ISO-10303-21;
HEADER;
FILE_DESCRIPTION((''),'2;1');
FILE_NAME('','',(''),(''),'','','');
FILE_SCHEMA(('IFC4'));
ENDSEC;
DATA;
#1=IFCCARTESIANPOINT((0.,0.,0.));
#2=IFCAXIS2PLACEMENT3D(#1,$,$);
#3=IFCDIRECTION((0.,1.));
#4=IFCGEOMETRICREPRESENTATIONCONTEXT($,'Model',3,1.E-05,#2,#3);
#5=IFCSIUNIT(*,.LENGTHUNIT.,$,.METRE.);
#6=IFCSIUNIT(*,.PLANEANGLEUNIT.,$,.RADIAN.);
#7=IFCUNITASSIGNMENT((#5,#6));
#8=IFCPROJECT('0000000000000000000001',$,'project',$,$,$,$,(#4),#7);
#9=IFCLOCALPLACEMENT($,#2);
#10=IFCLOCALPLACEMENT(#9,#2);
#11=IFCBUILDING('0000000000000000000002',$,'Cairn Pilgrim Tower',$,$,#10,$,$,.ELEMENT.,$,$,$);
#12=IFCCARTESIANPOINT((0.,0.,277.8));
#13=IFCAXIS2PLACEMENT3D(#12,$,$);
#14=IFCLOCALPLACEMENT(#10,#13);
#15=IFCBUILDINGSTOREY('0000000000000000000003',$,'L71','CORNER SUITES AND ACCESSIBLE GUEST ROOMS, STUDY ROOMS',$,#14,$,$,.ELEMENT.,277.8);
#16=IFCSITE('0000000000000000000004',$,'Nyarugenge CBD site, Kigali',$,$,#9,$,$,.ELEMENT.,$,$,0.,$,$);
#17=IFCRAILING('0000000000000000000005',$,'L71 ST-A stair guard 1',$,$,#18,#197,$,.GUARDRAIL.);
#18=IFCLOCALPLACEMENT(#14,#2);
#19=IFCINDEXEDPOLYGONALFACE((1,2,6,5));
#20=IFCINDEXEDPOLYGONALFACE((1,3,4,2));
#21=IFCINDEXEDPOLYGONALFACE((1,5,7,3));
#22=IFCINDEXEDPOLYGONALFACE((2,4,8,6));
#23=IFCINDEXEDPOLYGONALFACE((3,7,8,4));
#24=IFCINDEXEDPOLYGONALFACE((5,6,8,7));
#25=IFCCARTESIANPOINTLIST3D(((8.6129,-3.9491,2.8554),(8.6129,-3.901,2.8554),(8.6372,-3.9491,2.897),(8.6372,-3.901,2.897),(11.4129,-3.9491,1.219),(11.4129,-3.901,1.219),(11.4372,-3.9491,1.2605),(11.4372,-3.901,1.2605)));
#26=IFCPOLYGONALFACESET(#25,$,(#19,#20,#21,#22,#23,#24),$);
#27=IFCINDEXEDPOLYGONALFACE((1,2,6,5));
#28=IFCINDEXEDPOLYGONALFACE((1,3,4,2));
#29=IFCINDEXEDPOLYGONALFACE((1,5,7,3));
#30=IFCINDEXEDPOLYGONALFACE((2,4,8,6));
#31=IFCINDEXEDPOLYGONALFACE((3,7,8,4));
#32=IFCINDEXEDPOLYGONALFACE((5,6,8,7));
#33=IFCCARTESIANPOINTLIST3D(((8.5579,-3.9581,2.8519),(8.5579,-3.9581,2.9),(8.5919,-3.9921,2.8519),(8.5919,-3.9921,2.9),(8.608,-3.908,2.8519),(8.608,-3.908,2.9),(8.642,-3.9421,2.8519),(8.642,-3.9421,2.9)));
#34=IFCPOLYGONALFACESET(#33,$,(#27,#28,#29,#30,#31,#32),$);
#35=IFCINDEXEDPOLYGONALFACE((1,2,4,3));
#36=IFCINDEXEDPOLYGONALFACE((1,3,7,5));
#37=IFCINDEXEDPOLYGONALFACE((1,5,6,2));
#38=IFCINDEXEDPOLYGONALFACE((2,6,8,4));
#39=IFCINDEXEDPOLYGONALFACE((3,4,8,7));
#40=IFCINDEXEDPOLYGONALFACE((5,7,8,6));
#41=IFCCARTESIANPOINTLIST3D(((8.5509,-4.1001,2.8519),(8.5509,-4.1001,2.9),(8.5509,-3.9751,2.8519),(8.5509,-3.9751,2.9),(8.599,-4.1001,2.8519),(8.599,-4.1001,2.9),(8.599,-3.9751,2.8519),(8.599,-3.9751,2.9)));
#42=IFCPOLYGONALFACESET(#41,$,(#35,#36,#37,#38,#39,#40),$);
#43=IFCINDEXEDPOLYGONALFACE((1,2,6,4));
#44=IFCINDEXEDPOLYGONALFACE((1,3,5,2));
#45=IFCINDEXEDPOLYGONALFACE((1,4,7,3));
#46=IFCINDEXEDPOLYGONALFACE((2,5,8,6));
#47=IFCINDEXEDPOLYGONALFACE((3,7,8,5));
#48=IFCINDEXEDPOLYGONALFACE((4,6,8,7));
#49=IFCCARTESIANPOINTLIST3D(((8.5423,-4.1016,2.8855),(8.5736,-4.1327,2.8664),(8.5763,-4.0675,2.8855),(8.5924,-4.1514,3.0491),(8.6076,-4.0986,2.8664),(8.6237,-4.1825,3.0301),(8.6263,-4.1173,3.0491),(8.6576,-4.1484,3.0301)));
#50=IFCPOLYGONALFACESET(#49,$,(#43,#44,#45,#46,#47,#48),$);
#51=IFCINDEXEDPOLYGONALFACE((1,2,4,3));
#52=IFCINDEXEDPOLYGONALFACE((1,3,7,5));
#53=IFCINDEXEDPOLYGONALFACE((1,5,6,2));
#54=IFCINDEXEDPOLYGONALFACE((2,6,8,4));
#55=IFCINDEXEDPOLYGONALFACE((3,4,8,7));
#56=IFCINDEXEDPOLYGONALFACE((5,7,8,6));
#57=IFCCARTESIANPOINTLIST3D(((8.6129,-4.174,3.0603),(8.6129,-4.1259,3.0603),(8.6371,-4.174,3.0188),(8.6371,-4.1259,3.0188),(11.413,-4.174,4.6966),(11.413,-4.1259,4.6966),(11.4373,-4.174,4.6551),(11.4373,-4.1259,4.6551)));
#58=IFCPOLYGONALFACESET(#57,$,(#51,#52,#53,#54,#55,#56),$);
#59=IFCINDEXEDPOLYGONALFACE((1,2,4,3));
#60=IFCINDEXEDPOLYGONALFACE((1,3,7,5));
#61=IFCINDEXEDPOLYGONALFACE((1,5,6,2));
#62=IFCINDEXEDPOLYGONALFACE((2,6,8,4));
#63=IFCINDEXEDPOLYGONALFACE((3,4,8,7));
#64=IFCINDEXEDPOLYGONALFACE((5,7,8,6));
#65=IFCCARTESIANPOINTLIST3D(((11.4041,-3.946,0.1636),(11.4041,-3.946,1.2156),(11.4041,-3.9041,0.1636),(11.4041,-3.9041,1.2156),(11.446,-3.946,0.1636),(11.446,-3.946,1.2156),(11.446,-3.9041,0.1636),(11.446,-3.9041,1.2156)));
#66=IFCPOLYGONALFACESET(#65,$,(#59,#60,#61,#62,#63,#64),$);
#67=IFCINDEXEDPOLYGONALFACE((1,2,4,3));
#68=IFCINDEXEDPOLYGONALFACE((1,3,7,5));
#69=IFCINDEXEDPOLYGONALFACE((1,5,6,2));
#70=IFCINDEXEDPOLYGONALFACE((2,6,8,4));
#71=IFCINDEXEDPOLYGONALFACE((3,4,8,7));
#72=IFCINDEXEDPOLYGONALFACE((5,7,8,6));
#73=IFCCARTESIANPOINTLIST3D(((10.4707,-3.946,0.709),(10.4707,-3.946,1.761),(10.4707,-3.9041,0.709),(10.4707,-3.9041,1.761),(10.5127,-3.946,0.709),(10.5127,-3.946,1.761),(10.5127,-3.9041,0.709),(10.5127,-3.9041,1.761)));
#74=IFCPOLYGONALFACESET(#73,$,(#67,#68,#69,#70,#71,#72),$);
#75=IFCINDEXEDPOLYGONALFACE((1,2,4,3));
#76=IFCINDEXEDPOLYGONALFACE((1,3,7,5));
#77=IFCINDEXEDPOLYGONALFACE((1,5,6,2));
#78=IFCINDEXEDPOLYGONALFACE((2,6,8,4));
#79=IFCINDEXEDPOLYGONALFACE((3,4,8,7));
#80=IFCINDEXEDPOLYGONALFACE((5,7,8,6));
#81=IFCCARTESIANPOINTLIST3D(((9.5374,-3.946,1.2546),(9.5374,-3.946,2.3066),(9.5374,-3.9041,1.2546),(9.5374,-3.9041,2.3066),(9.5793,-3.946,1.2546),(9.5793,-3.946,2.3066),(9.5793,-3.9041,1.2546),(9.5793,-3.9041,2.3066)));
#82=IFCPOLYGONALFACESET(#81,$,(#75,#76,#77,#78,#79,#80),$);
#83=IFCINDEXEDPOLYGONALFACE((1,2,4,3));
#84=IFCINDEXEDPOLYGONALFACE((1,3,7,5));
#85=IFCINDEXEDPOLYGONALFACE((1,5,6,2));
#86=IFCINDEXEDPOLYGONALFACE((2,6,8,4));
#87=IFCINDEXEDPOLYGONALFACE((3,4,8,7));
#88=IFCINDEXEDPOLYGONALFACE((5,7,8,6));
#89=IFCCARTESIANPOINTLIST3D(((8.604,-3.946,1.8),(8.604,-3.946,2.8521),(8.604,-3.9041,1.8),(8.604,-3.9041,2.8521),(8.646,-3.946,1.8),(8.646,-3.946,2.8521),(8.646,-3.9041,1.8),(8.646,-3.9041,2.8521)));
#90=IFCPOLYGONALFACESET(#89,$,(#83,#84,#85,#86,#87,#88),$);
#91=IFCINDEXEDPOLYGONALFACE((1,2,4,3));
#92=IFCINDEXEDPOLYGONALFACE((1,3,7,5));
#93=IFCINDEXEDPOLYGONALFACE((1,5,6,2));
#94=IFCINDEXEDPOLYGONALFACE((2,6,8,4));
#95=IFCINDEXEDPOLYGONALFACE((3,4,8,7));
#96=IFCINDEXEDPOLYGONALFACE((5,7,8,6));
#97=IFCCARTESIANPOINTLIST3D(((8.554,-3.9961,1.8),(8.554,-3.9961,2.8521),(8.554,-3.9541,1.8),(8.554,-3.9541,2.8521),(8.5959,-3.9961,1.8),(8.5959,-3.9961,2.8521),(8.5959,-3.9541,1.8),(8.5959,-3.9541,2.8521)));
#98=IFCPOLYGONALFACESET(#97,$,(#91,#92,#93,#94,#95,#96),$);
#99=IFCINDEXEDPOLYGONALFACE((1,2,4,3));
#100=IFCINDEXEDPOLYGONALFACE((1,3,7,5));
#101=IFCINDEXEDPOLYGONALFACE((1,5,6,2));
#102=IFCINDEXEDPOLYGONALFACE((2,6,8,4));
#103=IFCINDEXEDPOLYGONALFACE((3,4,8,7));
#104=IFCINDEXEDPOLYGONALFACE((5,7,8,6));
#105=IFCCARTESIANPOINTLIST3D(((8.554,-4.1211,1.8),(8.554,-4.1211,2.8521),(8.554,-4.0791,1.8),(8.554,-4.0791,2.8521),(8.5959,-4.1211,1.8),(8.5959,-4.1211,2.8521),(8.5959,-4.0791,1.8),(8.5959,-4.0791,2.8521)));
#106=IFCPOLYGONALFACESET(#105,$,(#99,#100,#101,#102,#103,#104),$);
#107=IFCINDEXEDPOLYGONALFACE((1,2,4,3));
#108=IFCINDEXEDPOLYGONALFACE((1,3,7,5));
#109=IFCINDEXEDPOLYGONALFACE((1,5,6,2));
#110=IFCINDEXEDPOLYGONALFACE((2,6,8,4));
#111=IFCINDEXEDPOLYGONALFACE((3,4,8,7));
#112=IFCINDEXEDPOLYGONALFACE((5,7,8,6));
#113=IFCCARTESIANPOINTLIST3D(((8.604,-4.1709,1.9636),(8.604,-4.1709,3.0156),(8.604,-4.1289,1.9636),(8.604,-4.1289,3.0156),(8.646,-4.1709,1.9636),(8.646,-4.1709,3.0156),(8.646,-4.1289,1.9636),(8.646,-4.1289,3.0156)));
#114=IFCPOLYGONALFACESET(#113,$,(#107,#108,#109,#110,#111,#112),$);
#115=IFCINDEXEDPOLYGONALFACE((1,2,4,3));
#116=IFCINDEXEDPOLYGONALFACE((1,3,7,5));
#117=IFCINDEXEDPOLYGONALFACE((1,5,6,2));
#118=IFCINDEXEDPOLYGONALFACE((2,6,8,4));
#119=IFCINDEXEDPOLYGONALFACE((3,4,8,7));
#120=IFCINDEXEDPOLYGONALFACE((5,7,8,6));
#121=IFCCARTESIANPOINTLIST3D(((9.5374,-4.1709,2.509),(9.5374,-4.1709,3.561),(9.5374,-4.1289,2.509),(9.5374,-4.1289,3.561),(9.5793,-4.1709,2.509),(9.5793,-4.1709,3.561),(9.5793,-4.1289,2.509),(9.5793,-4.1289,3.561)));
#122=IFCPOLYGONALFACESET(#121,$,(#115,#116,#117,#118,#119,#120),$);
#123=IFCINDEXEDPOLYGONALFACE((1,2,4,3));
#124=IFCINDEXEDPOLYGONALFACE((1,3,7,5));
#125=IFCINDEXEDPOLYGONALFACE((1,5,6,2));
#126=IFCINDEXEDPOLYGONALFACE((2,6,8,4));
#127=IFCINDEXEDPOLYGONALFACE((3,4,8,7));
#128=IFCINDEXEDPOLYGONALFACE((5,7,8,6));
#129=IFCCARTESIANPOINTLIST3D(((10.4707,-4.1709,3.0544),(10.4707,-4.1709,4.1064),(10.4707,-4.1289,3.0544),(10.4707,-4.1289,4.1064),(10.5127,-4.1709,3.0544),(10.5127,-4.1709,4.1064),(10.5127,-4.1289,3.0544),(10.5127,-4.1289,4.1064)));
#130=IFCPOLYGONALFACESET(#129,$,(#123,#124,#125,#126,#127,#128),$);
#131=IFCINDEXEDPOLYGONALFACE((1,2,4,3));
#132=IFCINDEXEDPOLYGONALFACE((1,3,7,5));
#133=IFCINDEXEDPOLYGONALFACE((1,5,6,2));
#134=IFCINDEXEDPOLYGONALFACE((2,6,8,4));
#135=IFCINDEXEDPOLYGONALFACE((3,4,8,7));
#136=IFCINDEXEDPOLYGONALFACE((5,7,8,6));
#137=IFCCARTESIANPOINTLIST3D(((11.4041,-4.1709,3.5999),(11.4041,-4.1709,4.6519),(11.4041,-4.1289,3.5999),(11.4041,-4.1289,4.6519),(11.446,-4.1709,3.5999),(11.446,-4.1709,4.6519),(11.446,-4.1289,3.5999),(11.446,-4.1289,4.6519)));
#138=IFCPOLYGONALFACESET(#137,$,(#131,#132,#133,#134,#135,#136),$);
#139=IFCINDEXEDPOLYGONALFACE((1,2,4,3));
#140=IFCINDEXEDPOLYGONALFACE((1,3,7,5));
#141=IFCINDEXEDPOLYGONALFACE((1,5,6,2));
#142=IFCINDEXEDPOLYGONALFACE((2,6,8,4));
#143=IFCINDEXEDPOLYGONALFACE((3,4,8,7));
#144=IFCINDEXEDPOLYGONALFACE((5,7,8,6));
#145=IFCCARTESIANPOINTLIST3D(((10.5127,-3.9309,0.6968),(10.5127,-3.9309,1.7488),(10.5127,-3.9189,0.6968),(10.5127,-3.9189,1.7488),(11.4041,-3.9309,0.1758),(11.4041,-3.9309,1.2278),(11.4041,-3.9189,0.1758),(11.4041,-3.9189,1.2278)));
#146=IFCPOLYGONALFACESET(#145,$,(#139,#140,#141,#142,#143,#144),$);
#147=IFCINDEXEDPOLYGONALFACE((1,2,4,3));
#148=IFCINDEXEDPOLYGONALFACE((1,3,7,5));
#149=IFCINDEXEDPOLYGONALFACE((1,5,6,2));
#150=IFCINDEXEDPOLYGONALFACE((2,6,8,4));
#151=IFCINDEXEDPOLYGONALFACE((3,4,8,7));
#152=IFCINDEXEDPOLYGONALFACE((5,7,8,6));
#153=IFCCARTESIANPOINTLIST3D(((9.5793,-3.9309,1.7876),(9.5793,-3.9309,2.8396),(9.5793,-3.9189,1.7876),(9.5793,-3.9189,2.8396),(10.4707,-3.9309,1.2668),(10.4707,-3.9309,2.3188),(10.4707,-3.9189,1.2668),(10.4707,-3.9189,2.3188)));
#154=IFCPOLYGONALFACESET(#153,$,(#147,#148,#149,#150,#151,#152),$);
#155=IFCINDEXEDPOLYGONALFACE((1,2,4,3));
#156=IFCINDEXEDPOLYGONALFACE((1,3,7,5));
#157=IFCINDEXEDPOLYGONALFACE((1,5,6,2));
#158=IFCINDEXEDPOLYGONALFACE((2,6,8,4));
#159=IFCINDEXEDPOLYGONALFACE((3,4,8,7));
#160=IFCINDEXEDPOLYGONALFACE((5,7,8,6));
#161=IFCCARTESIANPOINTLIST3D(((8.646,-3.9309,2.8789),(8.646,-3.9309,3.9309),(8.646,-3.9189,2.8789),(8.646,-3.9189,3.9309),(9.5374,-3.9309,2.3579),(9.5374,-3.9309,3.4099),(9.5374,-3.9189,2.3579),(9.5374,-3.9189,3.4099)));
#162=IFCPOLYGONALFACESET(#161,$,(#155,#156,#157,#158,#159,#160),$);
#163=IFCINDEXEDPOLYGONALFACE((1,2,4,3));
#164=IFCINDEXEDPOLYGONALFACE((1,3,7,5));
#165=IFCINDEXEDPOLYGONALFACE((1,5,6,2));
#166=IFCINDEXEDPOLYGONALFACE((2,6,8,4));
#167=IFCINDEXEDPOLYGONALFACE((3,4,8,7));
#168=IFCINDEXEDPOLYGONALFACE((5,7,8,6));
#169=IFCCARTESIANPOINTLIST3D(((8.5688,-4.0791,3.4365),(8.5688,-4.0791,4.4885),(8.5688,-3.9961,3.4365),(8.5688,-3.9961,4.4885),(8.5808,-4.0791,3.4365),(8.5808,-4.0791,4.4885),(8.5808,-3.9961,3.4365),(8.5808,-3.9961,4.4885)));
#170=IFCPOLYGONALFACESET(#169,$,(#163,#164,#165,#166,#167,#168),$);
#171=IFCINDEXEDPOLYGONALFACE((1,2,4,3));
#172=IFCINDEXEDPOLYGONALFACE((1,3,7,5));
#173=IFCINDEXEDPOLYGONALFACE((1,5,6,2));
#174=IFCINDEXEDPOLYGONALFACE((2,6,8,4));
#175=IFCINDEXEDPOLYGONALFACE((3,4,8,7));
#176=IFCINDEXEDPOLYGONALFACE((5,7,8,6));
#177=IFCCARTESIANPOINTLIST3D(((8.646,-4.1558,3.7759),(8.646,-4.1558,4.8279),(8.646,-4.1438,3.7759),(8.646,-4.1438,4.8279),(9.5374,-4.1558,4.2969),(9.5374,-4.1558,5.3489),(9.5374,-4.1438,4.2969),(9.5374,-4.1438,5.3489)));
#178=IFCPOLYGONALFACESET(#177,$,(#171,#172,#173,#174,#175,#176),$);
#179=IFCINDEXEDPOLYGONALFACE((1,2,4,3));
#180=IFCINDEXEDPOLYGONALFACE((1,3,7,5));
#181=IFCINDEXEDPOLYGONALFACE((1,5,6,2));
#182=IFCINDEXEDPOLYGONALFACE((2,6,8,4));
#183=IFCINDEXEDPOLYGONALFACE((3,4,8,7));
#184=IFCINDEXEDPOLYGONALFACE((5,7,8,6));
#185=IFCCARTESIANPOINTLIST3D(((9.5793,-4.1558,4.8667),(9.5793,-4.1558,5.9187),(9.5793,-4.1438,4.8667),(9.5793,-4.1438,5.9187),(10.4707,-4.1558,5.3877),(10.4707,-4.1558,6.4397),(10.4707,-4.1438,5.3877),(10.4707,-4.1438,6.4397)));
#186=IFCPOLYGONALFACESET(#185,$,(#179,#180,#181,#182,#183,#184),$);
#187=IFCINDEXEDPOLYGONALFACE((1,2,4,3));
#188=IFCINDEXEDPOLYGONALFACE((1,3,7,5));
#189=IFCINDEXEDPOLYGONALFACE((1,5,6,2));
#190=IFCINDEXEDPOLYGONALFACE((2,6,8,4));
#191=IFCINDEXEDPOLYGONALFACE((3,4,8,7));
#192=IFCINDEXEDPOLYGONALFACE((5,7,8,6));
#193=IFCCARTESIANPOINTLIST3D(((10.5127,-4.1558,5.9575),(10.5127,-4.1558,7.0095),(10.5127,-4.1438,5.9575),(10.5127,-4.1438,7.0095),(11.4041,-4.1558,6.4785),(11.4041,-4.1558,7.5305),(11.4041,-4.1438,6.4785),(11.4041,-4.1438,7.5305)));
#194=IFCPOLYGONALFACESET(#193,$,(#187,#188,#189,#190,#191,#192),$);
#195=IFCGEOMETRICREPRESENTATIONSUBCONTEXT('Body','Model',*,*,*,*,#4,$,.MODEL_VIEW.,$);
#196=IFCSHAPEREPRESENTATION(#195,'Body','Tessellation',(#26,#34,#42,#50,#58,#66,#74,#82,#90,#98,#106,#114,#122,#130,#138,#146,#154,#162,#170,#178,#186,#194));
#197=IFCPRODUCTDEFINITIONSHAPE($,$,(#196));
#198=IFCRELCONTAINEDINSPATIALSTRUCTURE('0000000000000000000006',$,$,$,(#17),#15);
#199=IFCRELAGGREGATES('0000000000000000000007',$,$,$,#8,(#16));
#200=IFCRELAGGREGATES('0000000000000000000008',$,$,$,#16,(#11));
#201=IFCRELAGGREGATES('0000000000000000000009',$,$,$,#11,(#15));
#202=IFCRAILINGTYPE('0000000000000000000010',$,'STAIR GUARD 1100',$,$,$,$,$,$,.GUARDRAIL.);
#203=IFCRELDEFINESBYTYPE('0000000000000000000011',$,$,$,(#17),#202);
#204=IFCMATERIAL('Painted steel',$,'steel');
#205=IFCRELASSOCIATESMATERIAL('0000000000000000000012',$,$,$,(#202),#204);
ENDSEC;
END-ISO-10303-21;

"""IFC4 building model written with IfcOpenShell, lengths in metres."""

from ifc_helpers import new_model, si_unit, direction, frame, origin, origin_2d, place, context, subcontext, project, spatial, polyline, rectangle, outline, extrude, material, type_object, element, save


model = new_model("IFC4")

# Units and contexts
model_context = context("Model", 3, precision=1e-05, world=origin(), true_north=direction((0.0, 1.0)))
body_context = subcontext(model_context, "Body", "Model", "MODEL_VIEW")
ifc_project = project(units=[si_unit("LENGTHUNIT", "METRE"), si_unit("PLANEANGLEUNIT", "RADIAN")], contexts=[model_context])

# Site, building, storey
site_placement = place(None, origin())
site = spatial("IfcSite", under=ifc_project, at=site_placement, Name="Nyarugenge CBD site, Kigali", CompositionType="ELEMENT", RefElevation=0.0)
building_placement = place(site_placement, origin())
building = spatial("IfcBuilding", under=site, at=building_placement, Name="Cairn Pilgrim Tower", CompositionType="ELEMENT")
storey_placement = place(building_placement, frame((0.0, 0.0, 277.8)))
storey = spatial("IfcBuildingStorey", under=building, at=storey_placement, Name="L71", Description="CORNER SUITES AND ACCESSIBLE GUEST ROOMS, STUDY ROOMS", CompositionType="ELEMENT", Elevation=277.8)

# Shared definitions
ifc_material_1 = material(Name="Painted steel", Category="steel")

# Railing
railing_type_1 = type_object("IfcRailingType", Name="STAIR GUARD 1100", PredefinedType="GUARDRAIL", material=ifc_material_1)
railing_1_placement = place(storey_placement, frame((11.425, -3.925, 0.1636)))
element("IfcRailing", 1, at=railing_1_placement, inside=storey, type_object=railing_type_1, Name="L71 ST-A stair guard 1", PredefinedType="GUARDRAIL", context=body_context, shape_type="SweptSolid", body=[
    extrude(rectangle(XDim=0.0481, YDim=0.0481, at=origin_2d()), frame((0.0, 0.0, 1.0762), z_axis=(-0.863361, 0.0, 0.504587), x_axis=(0.0, -1.0, 0.0)), (0.0, 0.0, 1.0), 3.2432),
    extrude(rectangle(XDim=0.0481, YDim=0.0481, at=origin_2d()), frame((-2.8, 0.0, 2.7124), z_axis=(-0.707107, -0.707107, 0.0), x_axis=(0.707107, -0.707107, 0.0)), (0.0, 0.0, 1.0), 0.0708),
    extrude(rectangle(XDim=0.0481, YDim=0.0481, at=origin_2d()), frame((-2.8501, -0.05, 2.7124), z_axis=(0.0, -1.0, 0.0), x_axis=(1.0, 0.0, 0.0)), (0.0, 0.0, 1.0), 0.125),
    extrude(rectangle(XDim=0.0481, YDim=0.0481, at=origin_2d()), frame((-2.8501, -0.175, 2.7124), z_axis=(0.280917, -0.279546, 0.918118), x_axis=(0.705376, 0.708834, 0.0)), (0.0, 0.0, 1.0), 0.1782),
    extrude(rectangle(XDim=0.0481, YDim=0.0481, at=origin_2d()), frame((-2.8, -0.2249, 2.876), z_axis=(0.863394, 0.0, 0.504531), x_axis=(0.0, 1.0, 0.0)), (0.0, 0.0, 1.0), 3.2432),
    extrude(rectangle(XDim=0.042, YDim=0.042, at=origin_2d()), origin(), (0.0, 0.0, 1.0), 1.052),
    extrude(rectangle(XDim=0.042, YDim=0.042, at=origin_2d()), frame((-0.9333, 0.0, 0.5454)), (0.0, 0.0, 1.0), 1.052),
    extrude(rectangle(XDim=0.042, YDim=0.042, at=origin_2d()), frame((-1.8667, 0.0, 1.0911)), (0.0, 0.0, 1.0), 1.052),
    extrude(rectangle(XDim=0.042, YDim=0.042, at=origin_2d()), frame((-2.8, 0.0, 1.6365)), (0.0, 0.0, 1.0), 1.052),
    extrude(rectangle(XDim=0.042, YDim=0.042, at=origin_2d()), frame((-2.8501, -0.05, 1.6365)), (0.0, 0.0, 1.0), 1.052),
    extrude(rectangle(XDim=0.042, YDim=0.042, at=origin_2d()), frame((-2.8501, -0.175, 1.6365)), (0.0, 0.0, 1.0), 1.052),
    extrude(rectangle(XDim=0.042, YDim=0.042, at=origin_2d()), frame((-2.8, -0.2249, 1.8)), (0.0, 0.0, 1.0), 1.052),
    extrude(rectangle(XDim=0.042, YDim=0.042, at=origin_2d()), frame((-1.8667, -0.2249, 2.3455)), (0.0, 0.0, 1.0), 1.052),
    extrude(rectangle(XDim=0.042, YDim=0.042, at=origin_2d()), frame((-0.9333, -0.2249, 2.8909)), (0.0, 0.0, 1.0), 1.052),
    extrude(rectangle(XDim=0.042, YDim=0.042, at=origin_2d()), frame((0.0, -0.2249, 3.4363)), (0.0, 0.0, 1.0), 1.052),
    extrude(outline(polyline([(0.021, 0.0122), (0.9124, 0.5332), (0.9124, 1.5852), (0.021, 1.0642), (0.021, 0.0122)])), frame((0.0, -0.0059, 0.0), z_axis=(0.0, 1.0, 0.0), x_axis=(-1.0, 0.0, 0.0)), (0.0, 0.0, 1.0), 0.012),
    extrude(outline(polyline([(0.021, 0.5579), (0.9124, 1.0786), (0.9124, 2.1306), (0.021, 1.6099), (0.021, 0.5579)])), frame((-0.9333, -0.0059, 0.5454), z_axis=(0.0, 1.0, 0.0), x_axis=(-1.0, 0.0, 0.0)), (0.0, 0.0, 1.0), 0.012),
    extrude(outline(polyline([(0.021, 1.1033), (0.9124, 1.6243), (0.9124, 2.6763), (0.021, 2.1553), (0.021, 1.1033)])), frame((-1.8667, -0.0059, 1.0911), z_axis=(0.0, 1.0, 0.0), x_axis=(-1.0, 0.0, 0.0)), (0.0, 0.0, 1.0), 0.012),
    extrude(outline(polyline([(0.021, 1.6365), (0.104, 1.6365), (0.104, 2.6885), (0.021, 2.6885), (0.021, 1.6365)])), frame((-2.8442, -0.05, 1.6365), z_axis=(-1.0, 0.0, 0.0), x_axis=(0.0, -1.0, 0.0)), (0.0, 0.0, 1.0), 0.012),
    extrude(outline(polyline([(0.021, 1.8123), (0.9124, 2.3333), (0.9124, 3.3853), (0.021, 2.8643), (0.021, 1.8123)])), frame((-2.8, -0.2188, 1.8), z_axis=(0.0, -1.0, 0.0), x_axis=(1.0, 0.0, 0.0)), (0.0, 0.0, 1.0), 0.012),
    extrude(outline(polyline([(0.021, 2.3577), (0.9124, 2.8787), (0.9124, 3.9307), (0.021, 3.4097), (0.021, 2.3577)])), frame((-1.8667, -0.2188, 2.3455), z_axis=(0.0, -1.0, 0.0), x_axis=(1.0, 0.0, 0.0)), (0.0, 0.0, 1.0), 0.012),
    extrude(outline(polyline([(0.021, 2.9031), (0.9124, 3.4241), (0.9124, 4.4761), (0.021, 3.9551), (0.021, 2.9031)])), frame((-0.9333, -0.2188, 2.8909), z_axis=(0.0, -1.0, 0.0), x_axis=(1.0, 0.0, 0.0)), (0.0, 0.0, 1.0), 0.012),
])

save(model, "model.ifc")
